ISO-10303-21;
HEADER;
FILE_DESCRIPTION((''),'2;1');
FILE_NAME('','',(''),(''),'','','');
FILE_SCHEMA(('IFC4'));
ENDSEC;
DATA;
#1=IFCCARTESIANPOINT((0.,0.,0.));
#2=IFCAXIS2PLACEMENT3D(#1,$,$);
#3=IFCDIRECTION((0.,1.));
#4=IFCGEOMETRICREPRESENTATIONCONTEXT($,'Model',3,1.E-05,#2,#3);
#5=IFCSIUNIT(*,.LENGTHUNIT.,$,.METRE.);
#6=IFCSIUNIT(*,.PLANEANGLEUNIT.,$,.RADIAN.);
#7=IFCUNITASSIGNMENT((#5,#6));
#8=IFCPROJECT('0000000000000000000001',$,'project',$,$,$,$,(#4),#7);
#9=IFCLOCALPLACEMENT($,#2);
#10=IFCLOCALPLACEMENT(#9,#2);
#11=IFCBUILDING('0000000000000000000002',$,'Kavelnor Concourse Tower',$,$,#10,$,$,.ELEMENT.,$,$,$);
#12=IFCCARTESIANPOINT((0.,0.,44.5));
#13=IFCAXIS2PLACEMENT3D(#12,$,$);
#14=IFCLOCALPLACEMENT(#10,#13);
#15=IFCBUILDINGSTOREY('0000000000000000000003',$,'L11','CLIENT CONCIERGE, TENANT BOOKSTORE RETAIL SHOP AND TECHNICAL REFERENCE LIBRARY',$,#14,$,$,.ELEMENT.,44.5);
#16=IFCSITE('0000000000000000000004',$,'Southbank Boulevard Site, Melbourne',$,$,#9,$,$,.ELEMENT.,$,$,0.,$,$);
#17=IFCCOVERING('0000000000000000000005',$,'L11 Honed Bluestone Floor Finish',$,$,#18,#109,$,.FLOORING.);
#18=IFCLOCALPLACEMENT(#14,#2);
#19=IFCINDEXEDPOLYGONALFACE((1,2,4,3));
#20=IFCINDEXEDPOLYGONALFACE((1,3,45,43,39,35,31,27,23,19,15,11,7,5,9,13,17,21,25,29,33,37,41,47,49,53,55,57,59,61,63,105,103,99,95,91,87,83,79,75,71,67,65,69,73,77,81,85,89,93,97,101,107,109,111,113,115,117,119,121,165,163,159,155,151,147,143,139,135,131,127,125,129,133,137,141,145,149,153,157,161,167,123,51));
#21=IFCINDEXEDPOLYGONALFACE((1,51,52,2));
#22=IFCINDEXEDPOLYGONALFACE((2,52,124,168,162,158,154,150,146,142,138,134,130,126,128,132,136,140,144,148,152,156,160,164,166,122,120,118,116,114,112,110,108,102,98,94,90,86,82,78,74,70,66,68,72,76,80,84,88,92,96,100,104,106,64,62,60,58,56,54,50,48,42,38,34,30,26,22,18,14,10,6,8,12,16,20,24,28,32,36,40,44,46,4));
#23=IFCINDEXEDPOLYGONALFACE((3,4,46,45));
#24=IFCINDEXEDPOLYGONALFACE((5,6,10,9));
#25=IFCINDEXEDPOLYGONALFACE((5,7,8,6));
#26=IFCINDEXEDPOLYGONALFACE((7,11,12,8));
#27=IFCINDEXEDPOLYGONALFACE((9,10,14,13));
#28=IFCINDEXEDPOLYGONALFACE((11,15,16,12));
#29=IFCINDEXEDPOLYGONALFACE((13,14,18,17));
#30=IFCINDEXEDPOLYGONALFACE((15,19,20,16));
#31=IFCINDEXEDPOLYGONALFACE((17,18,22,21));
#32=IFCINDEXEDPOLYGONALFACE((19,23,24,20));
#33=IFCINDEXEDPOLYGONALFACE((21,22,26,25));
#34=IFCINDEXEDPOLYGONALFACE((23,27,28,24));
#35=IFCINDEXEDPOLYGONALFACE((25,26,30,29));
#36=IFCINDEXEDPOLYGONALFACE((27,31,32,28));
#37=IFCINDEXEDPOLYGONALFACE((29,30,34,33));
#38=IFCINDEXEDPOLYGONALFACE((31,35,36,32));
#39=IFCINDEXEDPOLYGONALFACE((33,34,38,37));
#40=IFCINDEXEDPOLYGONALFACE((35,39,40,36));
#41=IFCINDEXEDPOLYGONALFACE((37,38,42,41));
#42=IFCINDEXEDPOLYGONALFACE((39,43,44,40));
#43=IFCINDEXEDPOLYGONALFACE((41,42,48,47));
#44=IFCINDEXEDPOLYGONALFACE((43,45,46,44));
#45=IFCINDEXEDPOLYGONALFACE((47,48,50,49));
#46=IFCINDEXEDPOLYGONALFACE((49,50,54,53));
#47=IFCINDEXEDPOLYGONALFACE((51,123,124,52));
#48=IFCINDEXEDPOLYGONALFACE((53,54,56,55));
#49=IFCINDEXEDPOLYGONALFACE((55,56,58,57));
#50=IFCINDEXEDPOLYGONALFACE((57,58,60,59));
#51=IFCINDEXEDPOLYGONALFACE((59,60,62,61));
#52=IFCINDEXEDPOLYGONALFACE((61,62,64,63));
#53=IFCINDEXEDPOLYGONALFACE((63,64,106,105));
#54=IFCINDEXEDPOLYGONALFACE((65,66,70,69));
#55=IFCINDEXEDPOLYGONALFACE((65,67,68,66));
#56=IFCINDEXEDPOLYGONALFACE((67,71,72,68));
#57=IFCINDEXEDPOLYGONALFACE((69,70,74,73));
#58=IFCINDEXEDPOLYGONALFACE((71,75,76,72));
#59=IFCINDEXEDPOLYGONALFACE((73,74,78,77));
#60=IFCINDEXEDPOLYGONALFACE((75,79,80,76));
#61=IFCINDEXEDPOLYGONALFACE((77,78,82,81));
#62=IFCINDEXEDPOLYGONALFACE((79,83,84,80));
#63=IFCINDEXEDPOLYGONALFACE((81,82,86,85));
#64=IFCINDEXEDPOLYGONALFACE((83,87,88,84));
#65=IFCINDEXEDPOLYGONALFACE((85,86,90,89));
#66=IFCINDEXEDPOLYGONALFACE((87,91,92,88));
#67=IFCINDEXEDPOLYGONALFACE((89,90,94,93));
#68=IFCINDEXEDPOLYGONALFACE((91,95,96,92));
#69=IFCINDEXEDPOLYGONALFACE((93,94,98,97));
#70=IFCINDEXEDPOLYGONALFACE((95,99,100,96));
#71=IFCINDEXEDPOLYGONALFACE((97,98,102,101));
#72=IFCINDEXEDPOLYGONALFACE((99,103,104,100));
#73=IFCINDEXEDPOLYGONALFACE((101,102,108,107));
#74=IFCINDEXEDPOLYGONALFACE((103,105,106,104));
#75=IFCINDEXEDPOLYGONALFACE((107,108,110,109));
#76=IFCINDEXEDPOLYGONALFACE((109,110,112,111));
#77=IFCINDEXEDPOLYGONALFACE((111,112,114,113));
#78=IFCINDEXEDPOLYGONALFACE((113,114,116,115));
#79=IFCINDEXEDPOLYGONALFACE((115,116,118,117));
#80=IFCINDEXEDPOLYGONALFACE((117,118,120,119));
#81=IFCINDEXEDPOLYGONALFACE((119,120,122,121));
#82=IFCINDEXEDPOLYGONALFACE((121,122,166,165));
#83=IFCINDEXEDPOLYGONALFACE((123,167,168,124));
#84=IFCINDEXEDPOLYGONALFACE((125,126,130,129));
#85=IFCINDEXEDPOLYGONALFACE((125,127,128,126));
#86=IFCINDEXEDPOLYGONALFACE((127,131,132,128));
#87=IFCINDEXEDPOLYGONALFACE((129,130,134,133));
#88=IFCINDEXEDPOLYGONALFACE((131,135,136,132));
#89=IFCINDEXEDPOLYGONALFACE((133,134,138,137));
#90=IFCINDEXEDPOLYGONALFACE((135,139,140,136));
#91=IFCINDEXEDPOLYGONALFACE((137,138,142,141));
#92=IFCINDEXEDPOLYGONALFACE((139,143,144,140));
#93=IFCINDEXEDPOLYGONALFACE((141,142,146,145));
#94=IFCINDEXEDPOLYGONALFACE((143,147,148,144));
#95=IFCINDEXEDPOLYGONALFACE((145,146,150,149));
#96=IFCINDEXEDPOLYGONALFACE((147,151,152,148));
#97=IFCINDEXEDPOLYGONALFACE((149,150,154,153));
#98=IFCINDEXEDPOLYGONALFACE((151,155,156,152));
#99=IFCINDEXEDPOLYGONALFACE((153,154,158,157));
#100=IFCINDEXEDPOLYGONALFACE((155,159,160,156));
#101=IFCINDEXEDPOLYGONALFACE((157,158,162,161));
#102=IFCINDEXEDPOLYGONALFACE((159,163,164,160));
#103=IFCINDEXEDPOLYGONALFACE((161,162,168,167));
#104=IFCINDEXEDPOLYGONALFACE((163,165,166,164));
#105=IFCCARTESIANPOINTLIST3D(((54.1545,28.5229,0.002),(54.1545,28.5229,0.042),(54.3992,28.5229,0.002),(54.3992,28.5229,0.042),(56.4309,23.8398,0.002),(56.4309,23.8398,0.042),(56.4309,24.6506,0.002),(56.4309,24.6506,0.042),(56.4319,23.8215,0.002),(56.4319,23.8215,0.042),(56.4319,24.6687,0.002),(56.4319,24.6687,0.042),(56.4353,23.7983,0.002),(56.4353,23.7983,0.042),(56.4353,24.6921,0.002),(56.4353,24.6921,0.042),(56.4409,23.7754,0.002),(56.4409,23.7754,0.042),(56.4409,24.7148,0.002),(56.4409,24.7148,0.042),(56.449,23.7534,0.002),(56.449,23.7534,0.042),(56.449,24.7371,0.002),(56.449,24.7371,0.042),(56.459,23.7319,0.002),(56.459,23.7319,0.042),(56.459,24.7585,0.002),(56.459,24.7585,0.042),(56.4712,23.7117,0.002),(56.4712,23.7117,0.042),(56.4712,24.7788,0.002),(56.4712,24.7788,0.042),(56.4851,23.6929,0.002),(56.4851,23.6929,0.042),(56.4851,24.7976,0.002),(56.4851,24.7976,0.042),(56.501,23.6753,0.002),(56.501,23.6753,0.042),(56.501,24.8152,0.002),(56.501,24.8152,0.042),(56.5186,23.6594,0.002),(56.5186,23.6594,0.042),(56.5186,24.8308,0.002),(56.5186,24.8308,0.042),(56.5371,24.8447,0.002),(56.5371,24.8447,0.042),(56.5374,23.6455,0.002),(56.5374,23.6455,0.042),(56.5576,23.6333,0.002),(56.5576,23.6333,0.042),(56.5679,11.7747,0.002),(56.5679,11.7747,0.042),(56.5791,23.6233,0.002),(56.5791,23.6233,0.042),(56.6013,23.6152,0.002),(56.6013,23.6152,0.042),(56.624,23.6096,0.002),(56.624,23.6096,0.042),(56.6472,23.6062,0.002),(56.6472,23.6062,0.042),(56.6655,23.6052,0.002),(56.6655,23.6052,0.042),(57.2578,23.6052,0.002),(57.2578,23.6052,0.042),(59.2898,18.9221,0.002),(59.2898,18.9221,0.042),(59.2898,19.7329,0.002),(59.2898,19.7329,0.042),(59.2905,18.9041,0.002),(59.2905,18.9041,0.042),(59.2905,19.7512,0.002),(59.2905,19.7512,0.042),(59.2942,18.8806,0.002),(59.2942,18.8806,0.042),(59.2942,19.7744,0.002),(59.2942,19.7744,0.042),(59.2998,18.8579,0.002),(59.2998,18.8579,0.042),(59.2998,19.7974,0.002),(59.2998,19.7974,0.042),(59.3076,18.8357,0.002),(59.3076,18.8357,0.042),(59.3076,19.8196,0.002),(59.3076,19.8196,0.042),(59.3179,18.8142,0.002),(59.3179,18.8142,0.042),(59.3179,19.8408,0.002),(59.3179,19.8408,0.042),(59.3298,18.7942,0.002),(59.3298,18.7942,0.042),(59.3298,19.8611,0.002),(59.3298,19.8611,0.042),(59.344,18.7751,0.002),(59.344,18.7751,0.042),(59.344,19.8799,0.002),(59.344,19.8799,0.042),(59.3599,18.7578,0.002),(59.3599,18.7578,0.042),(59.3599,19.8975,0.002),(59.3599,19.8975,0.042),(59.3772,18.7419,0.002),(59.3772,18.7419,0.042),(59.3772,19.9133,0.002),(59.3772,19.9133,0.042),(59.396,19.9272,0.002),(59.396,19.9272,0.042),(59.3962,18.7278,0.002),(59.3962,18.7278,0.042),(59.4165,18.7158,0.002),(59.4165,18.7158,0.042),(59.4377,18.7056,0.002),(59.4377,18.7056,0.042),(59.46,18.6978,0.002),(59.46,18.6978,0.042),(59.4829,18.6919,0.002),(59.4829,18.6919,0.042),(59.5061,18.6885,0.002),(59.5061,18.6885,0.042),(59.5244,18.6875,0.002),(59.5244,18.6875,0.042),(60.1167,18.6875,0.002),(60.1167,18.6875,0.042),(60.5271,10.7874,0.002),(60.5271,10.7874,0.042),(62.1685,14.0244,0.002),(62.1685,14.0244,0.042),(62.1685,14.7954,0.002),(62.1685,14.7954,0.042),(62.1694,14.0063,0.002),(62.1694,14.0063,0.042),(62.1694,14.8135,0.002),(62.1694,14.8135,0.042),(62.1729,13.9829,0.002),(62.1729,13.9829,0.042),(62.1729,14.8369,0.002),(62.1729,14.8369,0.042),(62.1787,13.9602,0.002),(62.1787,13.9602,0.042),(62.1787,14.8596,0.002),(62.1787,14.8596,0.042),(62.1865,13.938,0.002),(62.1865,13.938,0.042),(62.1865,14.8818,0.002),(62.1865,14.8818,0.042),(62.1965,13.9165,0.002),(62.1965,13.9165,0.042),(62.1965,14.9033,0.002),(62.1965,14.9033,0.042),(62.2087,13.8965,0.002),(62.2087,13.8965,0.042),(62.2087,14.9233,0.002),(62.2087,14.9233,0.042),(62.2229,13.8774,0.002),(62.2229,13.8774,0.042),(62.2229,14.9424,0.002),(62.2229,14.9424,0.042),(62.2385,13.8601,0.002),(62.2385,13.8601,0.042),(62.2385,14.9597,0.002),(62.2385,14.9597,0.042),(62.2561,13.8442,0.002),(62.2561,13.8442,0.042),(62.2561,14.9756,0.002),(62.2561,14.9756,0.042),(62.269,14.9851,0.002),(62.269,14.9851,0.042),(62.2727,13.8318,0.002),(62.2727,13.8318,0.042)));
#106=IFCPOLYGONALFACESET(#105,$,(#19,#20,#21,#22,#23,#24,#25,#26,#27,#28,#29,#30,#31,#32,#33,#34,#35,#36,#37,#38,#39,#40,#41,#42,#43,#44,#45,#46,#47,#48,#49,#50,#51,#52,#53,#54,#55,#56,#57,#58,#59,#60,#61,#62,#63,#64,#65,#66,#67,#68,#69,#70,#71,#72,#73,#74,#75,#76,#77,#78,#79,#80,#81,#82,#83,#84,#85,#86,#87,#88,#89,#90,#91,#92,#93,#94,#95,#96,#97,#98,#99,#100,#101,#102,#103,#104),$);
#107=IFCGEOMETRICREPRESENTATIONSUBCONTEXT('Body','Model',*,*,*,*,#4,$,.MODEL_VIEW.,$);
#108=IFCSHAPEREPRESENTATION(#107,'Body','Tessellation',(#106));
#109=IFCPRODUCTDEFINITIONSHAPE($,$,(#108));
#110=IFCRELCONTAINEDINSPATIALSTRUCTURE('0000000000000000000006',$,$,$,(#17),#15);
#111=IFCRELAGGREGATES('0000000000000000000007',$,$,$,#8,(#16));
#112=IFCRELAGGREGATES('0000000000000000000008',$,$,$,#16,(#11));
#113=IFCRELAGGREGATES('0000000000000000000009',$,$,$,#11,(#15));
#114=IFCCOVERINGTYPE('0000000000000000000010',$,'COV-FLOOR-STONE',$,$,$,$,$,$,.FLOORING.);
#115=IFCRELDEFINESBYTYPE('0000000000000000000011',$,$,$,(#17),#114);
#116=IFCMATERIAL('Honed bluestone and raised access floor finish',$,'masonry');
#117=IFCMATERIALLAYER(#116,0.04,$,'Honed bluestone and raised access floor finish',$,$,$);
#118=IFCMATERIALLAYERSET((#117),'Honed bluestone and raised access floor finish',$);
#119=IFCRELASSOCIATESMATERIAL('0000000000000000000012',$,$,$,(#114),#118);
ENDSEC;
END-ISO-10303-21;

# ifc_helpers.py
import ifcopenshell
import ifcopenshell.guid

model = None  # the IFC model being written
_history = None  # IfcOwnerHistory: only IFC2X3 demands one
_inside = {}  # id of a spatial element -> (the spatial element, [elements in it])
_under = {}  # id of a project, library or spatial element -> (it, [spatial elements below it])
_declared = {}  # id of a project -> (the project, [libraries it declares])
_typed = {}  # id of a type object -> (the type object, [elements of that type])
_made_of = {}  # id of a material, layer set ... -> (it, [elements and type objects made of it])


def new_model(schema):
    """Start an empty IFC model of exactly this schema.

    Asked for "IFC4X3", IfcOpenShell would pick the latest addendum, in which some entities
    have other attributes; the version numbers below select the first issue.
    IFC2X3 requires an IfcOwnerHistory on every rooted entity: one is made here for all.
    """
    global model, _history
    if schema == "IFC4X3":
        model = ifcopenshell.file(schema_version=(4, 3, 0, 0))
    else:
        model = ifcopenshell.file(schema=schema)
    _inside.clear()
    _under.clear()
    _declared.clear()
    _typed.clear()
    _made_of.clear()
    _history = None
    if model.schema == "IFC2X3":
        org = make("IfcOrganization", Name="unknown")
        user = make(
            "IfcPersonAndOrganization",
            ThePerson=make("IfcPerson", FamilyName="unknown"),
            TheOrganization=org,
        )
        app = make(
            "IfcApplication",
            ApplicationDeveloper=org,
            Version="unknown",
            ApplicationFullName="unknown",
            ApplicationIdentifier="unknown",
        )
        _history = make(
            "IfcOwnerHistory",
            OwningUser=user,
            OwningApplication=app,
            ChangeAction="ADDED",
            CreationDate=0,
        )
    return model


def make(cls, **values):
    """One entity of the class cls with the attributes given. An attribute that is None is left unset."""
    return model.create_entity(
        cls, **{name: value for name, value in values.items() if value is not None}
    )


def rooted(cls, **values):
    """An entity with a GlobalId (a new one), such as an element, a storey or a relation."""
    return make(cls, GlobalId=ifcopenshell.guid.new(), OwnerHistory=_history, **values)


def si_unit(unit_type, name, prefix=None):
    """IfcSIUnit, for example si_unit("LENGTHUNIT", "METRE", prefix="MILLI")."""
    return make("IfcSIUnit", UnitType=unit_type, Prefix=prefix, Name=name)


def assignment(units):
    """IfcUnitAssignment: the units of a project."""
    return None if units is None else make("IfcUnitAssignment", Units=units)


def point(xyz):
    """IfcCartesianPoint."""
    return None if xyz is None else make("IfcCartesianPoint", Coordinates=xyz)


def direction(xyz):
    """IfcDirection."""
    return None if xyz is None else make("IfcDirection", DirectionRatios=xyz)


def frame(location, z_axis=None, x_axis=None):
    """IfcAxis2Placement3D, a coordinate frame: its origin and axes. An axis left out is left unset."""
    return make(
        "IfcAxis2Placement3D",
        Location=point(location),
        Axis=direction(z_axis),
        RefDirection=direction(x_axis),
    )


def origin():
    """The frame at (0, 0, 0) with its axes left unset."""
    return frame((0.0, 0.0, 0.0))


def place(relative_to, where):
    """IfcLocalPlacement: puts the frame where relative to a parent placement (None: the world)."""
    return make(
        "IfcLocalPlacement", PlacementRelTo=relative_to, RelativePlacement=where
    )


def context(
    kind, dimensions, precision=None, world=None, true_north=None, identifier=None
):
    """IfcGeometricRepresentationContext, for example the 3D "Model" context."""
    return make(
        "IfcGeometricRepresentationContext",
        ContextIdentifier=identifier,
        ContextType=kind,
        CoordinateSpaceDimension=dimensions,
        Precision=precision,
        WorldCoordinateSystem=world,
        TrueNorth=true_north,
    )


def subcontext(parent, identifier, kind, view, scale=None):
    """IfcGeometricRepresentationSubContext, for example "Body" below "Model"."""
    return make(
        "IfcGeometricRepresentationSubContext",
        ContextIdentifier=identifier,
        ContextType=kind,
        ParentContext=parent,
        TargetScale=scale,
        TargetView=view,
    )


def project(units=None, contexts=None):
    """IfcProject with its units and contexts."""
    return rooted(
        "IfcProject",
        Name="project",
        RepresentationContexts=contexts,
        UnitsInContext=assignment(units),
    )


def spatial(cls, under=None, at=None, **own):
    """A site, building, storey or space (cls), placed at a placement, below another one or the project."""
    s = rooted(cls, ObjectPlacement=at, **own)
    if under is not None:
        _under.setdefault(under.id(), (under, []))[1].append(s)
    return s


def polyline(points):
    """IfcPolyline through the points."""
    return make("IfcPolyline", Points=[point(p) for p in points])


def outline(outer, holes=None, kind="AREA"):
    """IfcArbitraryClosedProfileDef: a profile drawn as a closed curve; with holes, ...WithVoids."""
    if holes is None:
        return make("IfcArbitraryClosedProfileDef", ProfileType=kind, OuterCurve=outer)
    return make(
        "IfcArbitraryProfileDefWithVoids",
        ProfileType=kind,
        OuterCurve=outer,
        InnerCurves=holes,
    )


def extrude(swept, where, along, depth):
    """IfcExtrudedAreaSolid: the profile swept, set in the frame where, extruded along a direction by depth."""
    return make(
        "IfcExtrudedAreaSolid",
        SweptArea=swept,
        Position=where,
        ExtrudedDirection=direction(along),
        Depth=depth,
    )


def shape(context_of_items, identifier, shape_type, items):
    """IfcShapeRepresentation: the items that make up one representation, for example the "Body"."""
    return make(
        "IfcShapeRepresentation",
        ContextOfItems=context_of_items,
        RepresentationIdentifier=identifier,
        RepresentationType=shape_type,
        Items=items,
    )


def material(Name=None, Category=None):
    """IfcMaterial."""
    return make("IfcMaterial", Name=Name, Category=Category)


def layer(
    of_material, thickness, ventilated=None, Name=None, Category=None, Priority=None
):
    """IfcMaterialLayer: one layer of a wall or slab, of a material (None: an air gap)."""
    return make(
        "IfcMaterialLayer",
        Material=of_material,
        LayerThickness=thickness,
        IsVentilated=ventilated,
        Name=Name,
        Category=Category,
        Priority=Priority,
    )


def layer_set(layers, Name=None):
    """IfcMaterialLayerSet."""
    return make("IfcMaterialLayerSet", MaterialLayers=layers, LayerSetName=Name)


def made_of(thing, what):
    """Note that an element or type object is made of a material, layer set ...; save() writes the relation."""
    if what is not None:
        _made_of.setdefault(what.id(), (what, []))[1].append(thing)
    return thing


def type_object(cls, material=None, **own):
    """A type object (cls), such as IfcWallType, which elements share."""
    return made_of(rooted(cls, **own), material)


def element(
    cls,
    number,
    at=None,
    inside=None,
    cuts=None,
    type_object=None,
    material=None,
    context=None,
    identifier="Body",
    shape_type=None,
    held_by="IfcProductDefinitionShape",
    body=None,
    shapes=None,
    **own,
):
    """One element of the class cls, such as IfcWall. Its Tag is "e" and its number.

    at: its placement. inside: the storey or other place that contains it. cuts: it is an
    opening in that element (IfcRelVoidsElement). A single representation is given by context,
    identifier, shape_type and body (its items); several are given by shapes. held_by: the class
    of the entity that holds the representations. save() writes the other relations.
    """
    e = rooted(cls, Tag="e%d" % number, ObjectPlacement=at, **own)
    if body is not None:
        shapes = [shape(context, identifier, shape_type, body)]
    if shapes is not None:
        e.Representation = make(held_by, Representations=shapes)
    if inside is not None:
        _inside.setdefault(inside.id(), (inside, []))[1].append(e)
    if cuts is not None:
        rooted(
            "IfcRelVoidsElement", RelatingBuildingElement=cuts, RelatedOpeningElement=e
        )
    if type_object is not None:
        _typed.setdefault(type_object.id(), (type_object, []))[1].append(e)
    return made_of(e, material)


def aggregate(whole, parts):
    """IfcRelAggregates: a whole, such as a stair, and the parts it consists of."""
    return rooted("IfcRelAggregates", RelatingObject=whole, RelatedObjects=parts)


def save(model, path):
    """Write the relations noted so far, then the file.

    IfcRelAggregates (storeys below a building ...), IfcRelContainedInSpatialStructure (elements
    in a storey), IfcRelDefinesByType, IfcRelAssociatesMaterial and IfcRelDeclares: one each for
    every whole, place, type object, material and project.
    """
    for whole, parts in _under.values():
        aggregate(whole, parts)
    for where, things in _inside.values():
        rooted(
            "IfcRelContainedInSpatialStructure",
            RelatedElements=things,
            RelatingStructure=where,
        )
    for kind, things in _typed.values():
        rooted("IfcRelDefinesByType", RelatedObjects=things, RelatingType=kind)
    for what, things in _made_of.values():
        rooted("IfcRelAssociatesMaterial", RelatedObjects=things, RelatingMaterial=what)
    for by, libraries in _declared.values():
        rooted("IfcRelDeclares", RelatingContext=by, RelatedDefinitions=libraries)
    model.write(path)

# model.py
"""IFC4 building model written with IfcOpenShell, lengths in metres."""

from ifc_helpers import new_model, si_unit, direction, frame, origin, place, context, subcontext, project, spatial, polyline, outline, extrude, material, layer, layer_set, type_object, element, save


model = new_model("IFC4")

# Units and contexts
model_context = context("Model", 3, precision=1e-05, world=origin(), true_north=direction((0.0, 1.0)))
body_context = subcontext(model_context, "Body", "Model", "MODEL_VIEW")
ifc_project = project(units=[si_unit("LENGTHUNIT", "METRE"), si_unit("PLANEANGLEUNIT", "RADIAN")], contexts=[model_context])

# Site, building, storey
site_placement = place(None, origin())
site = spatial("IfcSite", under=ifc_project, at=site_placement, Name="Southbank Boulevard Site, Melbourne", CompositionType="ELEMENT", RefElevation=0.0)
building_placement = place(site_placement, origin())
building = spatial("IfcBuilding", under=site, at=building_placement, Name="Kavelnor Concourse Tower", CompositionType="ELEMENT")
storey_placement = place(building_placement, frame((0.0, 0.0, 44.5)))
storey = spatial("IfcBuildingStorey", under=building, at=storey_placement, Name="L11", Description="CLIENT CONCIERGE, TENANT BOOKSTORE RETAIL SHOP AND TECHNICAL REFERENCE LIBRARY", CompositionType="ELEMENT", Elevation=44.5)

# Covering
ifc_material_1 = material(Name="Honed bluestone and raised access floor finish", Category="masonry")
ifc_layer_1 = layer(ifc_material_1, 0.04, Name="Honed bluestone and raised access floor finish")
ifc_layer_set_1 = layer_set([ifc_layer_1], Name="Honed bluestone and raised access floor finish")
covering_type_1 = type_object("IfcCoveringType", Name="COV-FLOOR-STONE", PredefinedType="FLOORING", material=ifc_layer_set_1)
covering_1_placement = place(storey_placement, frame((0.0, 0.0, 0.002)))
element("IfcCovering", 1, at=covering_1_placement, inside=storey, type_object=covering_type_1, Name="L11 Honed Bluestone Floor Finish", PredefinedType="FLOORING", context=body_context, shape_type="SweptSolid", body=[
    extrude(outline(polyline([(56.5371, 24.8447), (56.5186, 24.8308), (56.501, 24.8152), (56.4851, 24.7976), (56.4712, 24.7788), (56.459, 24.7585), (56.449, 24.7371), (56.4409, 24.7148), (56.4353, 24.6921), (56.4319, 24.6687), (56.4309, 24.6506), (56.4309, 23.8398), (56.4319, 23.8215), (56.4353, 23.7983), (56.4409, 23.7754), (56.449, 23.7534), (56.459, 23.7319), (56.4712, 23.7117), (56.4851, 23.6929), (56.501, 23.6753), (56.5186, 23.6594), (56.5374, 23.6455), (56.5576, 23.6333), (56.5791, 23.6233), (56.6013, 23.6152), (56.624, 23.6096), (56.6472, 23.6062), (56.6655, 23.6052), (57.2578, 23.6052), (59.396, 19.9272), (59.3772, 19.9133), (59.3599, 19.8975), (59.344, 19.8799), (59.3298, 19.8611), (59.3179, 19.8408), (59.3076, 19.8196), (59.2998, 19.7974), (59.2942, 19.7744), (59.2905, 19.7512), (59.2898, 19.7329), (59.2898, 18.9221), (59.2905, 18.9041), (59.2942, 18.8806), (59.2998, 18.8579), (59.3076, 18.8357), (59.3179, 18.8142), (59.3298, 18.7942), (59.344, 18.7751), (59.3599, 18.7578), (59.3772, 18.7419), (59.3962, 18.7278), (59.4165, 18.7158), (59.4377, 18.7056), (59.46, 18.6978), (59.4829, 18.6919), (59.5061, 18.6885), (59.5244, 18.6875), (60.1167, 18.6875), (62.269, 14.9851), (62.2561, 14.9756), (62.2385, 14.9597), (62.2229, 14.9424), (62.2087, 14.9233), (62.1965, 14.9033), (62.1865, 14.8818), (62.1787, 14.8596), (62.1729, 14.8369), (62.1694, 14.8135), (62.1685, 14.7954), (62.1685, 14.0244), (62.1694, 14.0063), (62.1729, 13.9829), (62.1787, 13.9602), (62.1865, 13.938), (62.1965, 13.9165), (62.2087, 13.8965), (62.2229, 13.8774), (62.2385, 13.8601), (62.2561, 13.8442), (62.2727, 13.8318), (60.5271, 10.7874), (56.5679, 11.7747), (54.1545, 28.5229), (54.3992, 28.5229), (56.5371, 24.8447)])), origin(), (0.0, 0.0, 1.0), 0.04),
])

save(model, "model.ifc")
